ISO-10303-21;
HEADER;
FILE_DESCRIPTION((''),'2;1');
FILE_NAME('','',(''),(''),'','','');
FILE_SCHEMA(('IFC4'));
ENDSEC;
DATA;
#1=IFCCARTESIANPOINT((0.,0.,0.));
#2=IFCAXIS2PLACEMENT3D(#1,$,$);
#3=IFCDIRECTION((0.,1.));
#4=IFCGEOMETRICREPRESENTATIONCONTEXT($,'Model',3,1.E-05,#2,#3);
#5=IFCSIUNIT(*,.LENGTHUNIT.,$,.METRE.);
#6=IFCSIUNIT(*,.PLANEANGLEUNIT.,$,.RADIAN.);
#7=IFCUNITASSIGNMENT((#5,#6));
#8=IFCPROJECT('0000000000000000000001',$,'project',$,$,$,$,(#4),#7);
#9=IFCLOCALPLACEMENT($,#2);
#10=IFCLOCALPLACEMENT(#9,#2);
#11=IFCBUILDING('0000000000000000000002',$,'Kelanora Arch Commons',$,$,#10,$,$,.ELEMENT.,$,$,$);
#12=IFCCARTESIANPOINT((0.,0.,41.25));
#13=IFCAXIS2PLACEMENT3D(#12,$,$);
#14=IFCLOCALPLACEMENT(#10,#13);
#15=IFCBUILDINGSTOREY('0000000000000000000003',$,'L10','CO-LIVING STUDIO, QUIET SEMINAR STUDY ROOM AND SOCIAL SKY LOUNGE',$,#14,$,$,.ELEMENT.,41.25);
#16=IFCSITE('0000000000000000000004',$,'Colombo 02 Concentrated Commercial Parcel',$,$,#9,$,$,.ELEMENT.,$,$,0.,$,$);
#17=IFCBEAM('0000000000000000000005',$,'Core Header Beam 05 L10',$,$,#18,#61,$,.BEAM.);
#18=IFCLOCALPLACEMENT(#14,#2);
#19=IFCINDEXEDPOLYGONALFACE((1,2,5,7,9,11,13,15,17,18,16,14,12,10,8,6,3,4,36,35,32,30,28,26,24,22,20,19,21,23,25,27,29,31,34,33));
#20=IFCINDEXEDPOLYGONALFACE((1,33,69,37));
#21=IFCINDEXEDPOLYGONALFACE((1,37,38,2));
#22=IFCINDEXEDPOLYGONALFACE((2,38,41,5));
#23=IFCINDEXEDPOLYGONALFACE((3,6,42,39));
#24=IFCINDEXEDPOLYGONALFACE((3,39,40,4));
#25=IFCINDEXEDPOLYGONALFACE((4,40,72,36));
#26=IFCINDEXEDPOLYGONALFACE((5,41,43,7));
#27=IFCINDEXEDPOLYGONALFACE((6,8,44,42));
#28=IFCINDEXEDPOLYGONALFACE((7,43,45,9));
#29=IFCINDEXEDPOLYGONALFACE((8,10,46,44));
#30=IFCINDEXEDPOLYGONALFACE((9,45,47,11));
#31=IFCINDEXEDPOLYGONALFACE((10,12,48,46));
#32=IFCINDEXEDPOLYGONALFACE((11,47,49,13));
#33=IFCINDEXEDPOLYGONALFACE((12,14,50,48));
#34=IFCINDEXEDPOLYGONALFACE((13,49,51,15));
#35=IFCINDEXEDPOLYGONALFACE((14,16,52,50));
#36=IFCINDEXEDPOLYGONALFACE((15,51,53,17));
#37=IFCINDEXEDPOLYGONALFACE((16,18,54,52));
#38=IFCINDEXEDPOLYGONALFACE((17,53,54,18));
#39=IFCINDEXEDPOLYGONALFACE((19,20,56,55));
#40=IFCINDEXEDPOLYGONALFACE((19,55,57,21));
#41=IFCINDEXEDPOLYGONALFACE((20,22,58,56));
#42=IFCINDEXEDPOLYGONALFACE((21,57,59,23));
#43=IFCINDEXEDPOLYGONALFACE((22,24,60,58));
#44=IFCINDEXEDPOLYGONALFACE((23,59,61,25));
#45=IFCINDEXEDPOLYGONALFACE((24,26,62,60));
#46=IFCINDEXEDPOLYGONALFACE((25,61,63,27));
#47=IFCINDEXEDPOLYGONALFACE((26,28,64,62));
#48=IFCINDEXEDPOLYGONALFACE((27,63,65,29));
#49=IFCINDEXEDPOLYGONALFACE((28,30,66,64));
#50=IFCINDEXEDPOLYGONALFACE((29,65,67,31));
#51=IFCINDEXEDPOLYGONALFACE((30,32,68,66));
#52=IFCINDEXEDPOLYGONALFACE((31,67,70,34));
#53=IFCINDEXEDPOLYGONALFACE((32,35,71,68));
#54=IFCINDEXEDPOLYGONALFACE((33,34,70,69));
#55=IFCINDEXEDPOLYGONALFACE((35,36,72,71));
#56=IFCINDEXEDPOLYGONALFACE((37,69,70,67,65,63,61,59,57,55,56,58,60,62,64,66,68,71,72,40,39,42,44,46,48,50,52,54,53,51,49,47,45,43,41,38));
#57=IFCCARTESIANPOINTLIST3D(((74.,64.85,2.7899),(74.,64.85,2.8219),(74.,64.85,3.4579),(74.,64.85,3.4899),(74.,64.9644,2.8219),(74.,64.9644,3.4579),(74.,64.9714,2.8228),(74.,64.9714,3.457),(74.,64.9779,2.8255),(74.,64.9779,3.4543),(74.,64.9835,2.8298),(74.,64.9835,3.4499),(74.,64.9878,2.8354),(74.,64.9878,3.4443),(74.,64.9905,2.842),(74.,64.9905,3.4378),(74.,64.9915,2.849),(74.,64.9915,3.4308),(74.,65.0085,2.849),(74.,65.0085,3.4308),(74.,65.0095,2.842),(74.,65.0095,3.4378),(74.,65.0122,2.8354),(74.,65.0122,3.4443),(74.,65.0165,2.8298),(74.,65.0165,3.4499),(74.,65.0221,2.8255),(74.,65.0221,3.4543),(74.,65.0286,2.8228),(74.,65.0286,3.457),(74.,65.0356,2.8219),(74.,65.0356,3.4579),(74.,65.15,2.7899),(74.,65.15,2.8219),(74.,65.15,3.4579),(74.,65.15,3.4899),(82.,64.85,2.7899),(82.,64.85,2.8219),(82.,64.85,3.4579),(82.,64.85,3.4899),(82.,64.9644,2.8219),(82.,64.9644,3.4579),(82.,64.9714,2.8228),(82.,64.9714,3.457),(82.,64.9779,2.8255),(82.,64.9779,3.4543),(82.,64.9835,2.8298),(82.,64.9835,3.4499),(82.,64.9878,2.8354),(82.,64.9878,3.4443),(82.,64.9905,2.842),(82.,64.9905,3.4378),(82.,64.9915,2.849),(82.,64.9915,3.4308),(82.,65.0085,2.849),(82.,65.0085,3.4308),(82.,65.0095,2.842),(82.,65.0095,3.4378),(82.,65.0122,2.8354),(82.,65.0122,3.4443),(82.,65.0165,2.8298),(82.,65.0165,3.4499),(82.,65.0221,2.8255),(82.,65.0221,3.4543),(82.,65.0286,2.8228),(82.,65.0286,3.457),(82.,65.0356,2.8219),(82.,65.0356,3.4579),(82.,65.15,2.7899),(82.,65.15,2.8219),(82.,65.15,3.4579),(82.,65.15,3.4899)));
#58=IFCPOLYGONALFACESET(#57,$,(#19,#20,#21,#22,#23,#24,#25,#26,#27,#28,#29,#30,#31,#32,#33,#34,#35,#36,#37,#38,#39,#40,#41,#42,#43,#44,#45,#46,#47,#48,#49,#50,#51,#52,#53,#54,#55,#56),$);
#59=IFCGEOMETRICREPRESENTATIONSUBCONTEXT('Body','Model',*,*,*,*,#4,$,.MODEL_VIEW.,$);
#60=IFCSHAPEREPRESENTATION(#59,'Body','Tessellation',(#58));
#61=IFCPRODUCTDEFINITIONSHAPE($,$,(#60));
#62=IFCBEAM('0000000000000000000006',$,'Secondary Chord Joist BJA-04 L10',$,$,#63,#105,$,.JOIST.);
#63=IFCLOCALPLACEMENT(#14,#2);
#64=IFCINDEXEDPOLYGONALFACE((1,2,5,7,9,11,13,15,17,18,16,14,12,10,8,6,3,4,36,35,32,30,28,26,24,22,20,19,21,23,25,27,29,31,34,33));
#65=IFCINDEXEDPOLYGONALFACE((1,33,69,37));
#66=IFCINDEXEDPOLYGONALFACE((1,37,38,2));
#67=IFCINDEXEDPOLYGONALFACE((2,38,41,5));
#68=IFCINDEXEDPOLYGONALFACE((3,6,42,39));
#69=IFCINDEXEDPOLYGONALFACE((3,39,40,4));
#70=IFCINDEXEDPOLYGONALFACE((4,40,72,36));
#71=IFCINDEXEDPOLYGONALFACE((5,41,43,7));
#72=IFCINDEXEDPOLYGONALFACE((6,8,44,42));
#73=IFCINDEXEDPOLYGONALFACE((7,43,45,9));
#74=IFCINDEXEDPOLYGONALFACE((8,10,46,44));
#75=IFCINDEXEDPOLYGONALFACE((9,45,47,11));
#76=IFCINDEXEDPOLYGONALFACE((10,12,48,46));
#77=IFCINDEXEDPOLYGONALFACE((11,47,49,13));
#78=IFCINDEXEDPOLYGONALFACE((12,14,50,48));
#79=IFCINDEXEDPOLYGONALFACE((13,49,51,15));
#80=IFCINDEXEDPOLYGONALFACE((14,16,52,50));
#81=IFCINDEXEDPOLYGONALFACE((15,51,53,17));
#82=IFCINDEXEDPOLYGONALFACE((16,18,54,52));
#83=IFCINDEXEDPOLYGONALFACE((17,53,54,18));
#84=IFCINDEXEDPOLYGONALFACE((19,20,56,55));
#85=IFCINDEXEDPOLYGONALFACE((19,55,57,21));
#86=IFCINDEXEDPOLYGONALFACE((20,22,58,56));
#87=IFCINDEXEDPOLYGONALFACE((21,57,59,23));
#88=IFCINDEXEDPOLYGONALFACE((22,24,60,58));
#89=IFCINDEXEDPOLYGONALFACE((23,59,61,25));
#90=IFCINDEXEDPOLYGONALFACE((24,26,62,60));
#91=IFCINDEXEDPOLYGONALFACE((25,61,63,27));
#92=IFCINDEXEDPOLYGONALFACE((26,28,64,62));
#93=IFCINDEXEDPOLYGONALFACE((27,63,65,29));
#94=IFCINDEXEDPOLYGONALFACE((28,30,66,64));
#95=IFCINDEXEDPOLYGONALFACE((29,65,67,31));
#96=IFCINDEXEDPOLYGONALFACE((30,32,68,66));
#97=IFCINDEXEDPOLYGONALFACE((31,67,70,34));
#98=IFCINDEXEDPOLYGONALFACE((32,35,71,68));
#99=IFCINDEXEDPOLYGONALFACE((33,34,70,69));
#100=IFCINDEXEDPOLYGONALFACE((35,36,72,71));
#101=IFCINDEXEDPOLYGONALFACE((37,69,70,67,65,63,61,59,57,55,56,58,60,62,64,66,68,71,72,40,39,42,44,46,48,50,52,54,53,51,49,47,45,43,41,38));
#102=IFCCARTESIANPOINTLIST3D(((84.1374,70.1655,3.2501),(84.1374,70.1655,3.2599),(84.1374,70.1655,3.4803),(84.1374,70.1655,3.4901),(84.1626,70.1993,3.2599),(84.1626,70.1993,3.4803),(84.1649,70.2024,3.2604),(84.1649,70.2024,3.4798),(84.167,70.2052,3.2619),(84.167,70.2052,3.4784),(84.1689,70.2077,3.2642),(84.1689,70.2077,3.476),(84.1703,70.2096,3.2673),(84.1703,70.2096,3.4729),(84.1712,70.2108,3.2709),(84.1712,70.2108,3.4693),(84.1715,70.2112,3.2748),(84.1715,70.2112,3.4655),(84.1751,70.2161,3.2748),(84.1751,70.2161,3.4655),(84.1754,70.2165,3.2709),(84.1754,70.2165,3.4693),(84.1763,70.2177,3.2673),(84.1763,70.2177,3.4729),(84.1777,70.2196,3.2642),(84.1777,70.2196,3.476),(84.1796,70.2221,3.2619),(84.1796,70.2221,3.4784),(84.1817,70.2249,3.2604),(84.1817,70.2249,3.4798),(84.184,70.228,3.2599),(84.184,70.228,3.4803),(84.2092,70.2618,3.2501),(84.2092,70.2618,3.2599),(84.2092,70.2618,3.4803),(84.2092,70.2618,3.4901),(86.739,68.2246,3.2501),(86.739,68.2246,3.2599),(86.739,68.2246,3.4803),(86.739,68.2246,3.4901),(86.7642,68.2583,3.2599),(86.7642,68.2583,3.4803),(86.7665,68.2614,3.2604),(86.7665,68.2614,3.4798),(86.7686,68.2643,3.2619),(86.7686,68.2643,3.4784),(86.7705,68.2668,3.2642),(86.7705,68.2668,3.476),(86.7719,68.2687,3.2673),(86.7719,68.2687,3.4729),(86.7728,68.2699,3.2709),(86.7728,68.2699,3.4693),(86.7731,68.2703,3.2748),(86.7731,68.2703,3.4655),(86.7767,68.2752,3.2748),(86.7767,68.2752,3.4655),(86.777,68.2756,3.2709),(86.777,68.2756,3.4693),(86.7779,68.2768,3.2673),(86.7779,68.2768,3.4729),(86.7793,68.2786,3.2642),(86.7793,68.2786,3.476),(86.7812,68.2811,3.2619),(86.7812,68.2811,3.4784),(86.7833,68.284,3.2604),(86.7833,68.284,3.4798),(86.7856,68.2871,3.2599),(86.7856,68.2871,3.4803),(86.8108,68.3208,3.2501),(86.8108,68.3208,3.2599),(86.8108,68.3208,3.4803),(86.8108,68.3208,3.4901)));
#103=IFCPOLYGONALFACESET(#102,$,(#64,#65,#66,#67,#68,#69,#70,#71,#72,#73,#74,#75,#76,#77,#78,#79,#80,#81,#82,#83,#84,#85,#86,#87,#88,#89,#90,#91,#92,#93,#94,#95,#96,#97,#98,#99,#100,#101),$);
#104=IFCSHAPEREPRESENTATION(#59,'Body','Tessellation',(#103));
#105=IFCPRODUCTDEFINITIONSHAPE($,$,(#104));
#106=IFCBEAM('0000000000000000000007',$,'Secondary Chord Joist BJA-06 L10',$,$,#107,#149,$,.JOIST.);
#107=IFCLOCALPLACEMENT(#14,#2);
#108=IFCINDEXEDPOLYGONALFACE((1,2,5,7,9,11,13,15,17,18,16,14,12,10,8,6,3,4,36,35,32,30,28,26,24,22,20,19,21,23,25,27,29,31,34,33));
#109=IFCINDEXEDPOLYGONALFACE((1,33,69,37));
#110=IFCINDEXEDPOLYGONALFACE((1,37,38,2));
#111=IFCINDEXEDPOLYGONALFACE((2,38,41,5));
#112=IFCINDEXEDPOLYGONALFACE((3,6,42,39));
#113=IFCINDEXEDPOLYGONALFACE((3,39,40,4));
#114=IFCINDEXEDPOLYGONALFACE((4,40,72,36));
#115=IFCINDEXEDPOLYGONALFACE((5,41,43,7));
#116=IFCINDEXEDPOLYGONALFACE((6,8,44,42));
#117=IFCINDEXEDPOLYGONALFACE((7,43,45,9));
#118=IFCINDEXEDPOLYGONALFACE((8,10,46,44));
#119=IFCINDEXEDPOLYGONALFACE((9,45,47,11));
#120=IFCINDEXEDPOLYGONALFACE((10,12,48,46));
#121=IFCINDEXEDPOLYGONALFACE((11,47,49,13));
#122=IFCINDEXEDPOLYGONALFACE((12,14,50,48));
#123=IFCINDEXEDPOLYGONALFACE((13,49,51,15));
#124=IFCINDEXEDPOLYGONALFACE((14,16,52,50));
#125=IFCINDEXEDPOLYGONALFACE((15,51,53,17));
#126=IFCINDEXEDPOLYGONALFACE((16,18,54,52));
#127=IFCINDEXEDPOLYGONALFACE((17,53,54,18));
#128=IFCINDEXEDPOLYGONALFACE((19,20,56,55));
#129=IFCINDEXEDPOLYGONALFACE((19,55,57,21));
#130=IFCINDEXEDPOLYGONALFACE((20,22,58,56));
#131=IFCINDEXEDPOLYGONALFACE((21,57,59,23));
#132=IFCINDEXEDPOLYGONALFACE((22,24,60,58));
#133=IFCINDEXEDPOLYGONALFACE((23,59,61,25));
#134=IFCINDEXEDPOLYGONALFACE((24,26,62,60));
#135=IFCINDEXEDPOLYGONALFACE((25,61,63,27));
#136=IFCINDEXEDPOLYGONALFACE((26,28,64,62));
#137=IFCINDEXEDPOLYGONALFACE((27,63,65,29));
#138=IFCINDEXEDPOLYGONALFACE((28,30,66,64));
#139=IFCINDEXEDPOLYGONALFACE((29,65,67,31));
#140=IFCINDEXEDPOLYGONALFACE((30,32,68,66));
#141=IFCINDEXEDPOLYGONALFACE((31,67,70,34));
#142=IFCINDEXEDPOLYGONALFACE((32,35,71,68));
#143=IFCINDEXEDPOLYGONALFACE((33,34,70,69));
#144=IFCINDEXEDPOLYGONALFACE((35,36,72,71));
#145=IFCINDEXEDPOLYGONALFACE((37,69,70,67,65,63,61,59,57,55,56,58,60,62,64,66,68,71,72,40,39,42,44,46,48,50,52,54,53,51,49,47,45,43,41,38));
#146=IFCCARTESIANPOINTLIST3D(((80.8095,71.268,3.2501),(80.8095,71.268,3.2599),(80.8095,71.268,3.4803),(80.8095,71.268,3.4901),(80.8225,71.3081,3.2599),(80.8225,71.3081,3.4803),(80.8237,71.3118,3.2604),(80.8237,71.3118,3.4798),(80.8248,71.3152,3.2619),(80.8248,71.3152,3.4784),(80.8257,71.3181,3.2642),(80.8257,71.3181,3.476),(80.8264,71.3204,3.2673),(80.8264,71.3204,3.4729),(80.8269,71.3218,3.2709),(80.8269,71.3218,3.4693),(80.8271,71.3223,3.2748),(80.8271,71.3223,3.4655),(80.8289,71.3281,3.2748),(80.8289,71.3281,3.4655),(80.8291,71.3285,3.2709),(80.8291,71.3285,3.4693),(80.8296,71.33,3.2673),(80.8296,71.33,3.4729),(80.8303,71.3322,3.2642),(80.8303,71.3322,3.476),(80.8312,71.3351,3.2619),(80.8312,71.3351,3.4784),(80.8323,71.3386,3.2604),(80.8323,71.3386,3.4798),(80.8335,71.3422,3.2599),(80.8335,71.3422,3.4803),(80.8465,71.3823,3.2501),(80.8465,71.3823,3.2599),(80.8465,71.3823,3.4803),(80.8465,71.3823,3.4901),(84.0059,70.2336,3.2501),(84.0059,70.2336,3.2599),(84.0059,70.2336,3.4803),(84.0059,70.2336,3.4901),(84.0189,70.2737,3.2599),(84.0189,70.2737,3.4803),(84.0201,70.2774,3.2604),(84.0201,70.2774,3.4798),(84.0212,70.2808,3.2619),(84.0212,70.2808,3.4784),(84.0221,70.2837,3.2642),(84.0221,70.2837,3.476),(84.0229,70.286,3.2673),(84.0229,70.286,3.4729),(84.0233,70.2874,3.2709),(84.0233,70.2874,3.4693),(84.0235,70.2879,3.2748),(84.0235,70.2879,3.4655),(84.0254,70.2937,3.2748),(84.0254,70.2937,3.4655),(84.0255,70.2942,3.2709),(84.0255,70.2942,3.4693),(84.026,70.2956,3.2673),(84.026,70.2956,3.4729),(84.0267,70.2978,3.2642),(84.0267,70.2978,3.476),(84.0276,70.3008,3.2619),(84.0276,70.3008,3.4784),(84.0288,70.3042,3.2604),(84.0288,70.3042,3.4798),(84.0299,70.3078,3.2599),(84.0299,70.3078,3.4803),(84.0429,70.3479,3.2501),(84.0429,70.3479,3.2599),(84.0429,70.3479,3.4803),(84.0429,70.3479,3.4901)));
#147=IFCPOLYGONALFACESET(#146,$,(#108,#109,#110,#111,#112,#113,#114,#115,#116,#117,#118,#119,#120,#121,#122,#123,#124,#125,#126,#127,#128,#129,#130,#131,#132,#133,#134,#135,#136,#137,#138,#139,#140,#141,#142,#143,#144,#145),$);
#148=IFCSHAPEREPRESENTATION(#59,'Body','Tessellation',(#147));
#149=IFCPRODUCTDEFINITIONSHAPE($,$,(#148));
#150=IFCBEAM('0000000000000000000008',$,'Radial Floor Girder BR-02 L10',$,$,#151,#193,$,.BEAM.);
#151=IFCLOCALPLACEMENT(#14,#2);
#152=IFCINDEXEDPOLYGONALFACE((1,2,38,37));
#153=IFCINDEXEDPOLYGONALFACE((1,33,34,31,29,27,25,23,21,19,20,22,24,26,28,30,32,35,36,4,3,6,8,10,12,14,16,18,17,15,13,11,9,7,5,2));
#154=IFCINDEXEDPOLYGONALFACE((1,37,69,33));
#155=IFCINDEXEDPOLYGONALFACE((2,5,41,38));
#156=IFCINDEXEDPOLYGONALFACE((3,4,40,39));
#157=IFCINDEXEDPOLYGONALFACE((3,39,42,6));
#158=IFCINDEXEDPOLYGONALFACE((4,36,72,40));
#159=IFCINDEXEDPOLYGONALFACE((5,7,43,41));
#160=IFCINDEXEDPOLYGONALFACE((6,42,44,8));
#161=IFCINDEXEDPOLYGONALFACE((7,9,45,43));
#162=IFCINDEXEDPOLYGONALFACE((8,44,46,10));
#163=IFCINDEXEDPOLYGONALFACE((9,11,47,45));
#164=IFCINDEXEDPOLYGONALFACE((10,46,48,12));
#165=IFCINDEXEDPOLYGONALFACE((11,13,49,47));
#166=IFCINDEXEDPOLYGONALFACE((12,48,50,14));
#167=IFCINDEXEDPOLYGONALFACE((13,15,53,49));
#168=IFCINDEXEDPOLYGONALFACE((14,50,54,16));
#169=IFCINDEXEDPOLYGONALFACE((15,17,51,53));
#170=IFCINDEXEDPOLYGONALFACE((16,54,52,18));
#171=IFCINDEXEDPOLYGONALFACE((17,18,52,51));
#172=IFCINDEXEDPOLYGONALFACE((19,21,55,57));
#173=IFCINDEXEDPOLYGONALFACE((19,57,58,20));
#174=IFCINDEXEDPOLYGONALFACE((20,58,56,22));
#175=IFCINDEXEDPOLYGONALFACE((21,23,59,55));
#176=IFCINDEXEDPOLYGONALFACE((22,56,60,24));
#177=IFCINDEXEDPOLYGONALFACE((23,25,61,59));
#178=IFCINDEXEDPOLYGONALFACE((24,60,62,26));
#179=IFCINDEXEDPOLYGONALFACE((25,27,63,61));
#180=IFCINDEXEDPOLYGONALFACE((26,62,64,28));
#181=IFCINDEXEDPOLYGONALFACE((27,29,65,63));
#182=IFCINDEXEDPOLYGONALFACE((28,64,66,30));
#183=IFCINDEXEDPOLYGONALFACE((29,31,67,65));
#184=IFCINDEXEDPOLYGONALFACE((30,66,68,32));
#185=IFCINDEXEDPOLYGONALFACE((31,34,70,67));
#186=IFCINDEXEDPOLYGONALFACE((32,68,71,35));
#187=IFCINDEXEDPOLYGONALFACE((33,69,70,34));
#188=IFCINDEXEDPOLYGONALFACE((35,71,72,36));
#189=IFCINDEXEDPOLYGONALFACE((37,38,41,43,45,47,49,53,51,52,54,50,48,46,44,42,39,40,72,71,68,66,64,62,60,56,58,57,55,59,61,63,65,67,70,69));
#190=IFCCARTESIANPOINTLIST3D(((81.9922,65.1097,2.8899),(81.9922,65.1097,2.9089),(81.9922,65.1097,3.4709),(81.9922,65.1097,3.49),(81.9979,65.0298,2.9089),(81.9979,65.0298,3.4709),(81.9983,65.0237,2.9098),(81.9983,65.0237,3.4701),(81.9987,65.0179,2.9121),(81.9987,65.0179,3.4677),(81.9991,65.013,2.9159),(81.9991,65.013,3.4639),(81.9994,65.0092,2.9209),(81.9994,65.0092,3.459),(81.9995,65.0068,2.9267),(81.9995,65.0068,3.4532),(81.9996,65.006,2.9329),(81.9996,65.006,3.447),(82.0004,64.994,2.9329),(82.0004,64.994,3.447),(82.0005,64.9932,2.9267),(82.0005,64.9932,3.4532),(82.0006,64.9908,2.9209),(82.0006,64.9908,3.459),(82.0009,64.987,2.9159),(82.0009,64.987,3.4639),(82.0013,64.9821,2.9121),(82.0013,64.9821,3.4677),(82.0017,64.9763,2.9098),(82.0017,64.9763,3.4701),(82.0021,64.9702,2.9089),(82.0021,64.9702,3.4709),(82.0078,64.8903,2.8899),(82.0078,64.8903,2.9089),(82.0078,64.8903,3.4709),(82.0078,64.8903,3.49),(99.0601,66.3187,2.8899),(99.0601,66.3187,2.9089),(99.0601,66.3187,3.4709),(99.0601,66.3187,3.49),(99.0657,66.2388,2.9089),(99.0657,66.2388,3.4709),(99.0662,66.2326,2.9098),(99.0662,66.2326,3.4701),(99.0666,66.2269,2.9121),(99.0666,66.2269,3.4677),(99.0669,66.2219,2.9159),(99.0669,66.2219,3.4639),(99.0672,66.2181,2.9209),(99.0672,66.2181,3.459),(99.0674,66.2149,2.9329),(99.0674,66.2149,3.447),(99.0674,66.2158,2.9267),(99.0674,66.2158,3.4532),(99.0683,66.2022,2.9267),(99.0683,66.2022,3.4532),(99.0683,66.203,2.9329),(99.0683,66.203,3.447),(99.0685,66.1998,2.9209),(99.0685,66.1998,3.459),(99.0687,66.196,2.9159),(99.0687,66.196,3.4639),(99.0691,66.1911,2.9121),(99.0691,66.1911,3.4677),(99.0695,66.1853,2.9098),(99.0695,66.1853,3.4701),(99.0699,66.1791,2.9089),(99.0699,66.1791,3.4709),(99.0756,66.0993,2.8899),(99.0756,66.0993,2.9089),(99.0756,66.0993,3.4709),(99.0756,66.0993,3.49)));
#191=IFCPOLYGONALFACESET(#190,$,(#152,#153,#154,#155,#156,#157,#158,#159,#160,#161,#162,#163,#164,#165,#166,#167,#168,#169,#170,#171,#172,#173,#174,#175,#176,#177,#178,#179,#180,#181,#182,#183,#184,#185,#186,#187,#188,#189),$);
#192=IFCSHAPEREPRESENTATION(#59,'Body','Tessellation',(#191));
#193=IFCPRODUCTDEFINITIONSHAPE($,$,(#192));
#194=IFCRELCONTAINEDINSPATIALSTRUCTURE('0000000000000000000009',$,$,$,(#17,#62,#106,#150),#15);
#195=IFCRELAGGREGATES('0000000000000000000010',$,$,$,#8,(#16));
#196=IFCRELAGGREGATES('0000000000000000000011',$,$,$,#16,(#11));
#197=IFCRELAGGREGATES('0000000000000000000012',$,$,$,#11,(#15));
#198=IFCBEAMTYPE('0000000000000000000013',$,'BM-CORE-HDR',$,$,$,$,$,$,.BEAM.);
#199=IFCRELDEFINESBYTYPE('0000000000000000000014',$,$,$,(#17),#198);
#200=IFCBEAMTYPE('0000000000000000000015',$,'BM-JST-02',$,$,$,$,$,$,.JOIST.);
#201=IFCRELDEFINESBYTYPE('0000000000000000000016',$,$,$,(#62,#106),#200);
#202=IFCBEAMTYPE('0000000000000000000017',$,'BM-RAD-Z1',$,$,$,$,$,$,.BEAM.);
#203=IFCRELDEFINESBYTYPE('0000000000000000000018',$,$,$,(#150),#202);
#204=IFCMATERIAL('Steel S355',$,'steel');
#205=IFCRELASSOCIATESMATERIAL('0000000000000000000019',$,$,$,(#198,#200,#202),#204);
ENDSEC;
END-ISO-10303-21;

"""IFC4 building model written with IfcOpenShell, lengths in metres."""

from ifc_helpers import new_model, si_unit, direction, frame, origin, origin_2d, place, context, subcontext, project, spatial, i_section, extrude, material, material_profile, profile_set, type_object, element, save


model = new_model("IFC4")

# Units and contexts
model_context = context("Model", 3, precision=1e-05, world=origin(), true_north=direction((0.0, 1.0)))
body_context = subcontext(model_context, "Body", "Model", "MODEL_VIEW")
ifc_project = project(units=[si_unit("LENGTHUNIT", "METRE"), si_unit("PLANEANGLEUNIT", "RADIAN")], contexts=[model_context])

# Site, building, storey
site_placement = place(None, origin())
site = spatial("IfcSite", under=ifc_project, at=site_placement, Name="Colombo 02 Concentrated Commercial Parcel", CompositionType="ELEMENT", RefElevation=0.0)
building_placement = place(site_placement, origin())
building = spatial("IfcBuilding", under=site, at=building_placement, Name="Kelanora Arch Commons", CompositionType="ELEMENT")
storey_placement = place(building_placement, frame((0.0, 0.0, 41.25)))
storey = spatial("IfcBuildingStorey", under=building, at=storey_placement, Name="L10", Description="CO-LIVING STUDIO, QUIET SEMINAR STUDY ROOM AND SOCIAL SKY LOUNGE", CompositionType="ELEMENT", Elevation=41.25)

# Beams
ifc_material_1 = material(Name="Steel S355", Category="steel")
ifc_material_profile_1 = material_profile(ifc_material_1, i_section(OverallWidth=0.3, OverallDepth=0.7, WebThickness=0.0171, FlangeThickness=0.032, FilletRadius=0.0271, at=origin_2d()), Name="HEB700")
ifc_profile_set_1 = profile_set([ifc_material_profile_1], Name="Steel S355")
beam_type_1 = type_object("IfcBeamType", Name="BM-CORE-HDR", PredefinedType="BEAM", material=ifc_profile_set_1)
beam_1_placement = place(storey_placement, frame((82.0, 65.0, 3.1399), z_axis=(-1.0, 0.0, 0.0), x_axis=(0.0, -1.0, 0.0)))
element("IfcBeam", 1, at=beam_1_placement, inside=storey, type_object=beam_type_1, Name="Core Header Beam 05 L10", PredefinedType="BEAM", context=body_context, shape_type="SweptSolid", body=[
    extrude(i_section(OverallWidth=0.3, OverallDepth=0.7, WebThickness=0.0171, FlangeThickness=0.032, FilletRadius=0.0271, at=origin_2d()), origin(), (0.0, 0.0, 1.0), 8.0),
])
ifc_material_profile_2 = material_profile(ifc_material_1, i_section(OverallWidth=0.1201, OverallDepth=0.24, WebThickness=0.0061, FlangeThickness=0.0098, FilletRadius=0.0149, at=origin_2d()), Name="IPE240")
ifc_profile_set_2 = profile_set([ifc_material_profile_2], Name="Steel S355")
beam_type_2 = type_object("IfcBeamType", Name="BM-JST-02", PredefinedType="JOIST", material=ifc_profile_set_2)
beam_2_placement = place(storey_placement, frame((86.7749, 68.2727, 3.3701), z_axis=(-0.801514, 0.597976, 0.0), x_axis=(-0.597976, -0.801514, 0.0)))
element("IfcBeam", 2, at=beam_2_placement, inside=storey, type_object=beam_type_2, Name="Secondary Chord Joist BJA-04 L10", PredefinedType="JOIST", context=body_context, shape_type="SweptSolid", body=[
    extrude(i_section(OverallWidth=0.1201, OverallDepth=0.24, WebThickness=0.0061, FlangeThickness=0.0098, FilletRadius=0.0149, at=origin_2d()), origin(), (0.0, 0.0, 1.0), 3.2458),
])
beam_3_placement = place(storey_placement, frame((84.0244, 70.2908, 3.3701), z_axis=(-0.951423, 0.307888, 0.0), x_axis=(-0.307888, -0.951423, 0.0)))
element("IfcBeam", 3, at=beam_3_placement, inside=storey, type_object=beam_type_2, Name="Secondary Chord Joist BJA-06 L10", PredefinedType="JOIST", context=body_context, shape_type="SweptSolid", body=[
    extrude(i_section(OverallWidth=0.1201, OverallDepth=0.24, WebThickness=0.0061, FlangeThickness=0.0098, FilletRadius=0.0149, at=origin_2d()), origin(), (0.0, 0.0, 1.0), 3.3596),
])
ifc_material_profile_3 = material_profile(ifc_material_1, i_section(OverallWidth=0.22, OverallDepth=0.6001, WebThickness=0.012, FlangeThickness=0.019, FilletRadius=0.0239, at=origin_2d()), Name="IPE600")
ifc_profile_set_3 = profile_set([ifc_material_profile_3], Name="Steel S355")
beam_type_3 = type_object("IfcBeamType", Name="BM-RAD-Z1", PredefinedType="BEAM", material=ifc_profile_set_3)
beam_4_placement = place(storey_placement, frame((82.0, 65.0, 3.1899), z_axis=(0.997501, 0.070657, 0.0), x_axis=(-0.070657, 0.997501, 0.0)))
element("IfcBeam", 4, at=beam_4_placement, inside=storey, type_object=beam_type_3, Name="Radial Floor Girder BR-02 L10", PredefinedType="BEAM", context=body_context, shape_type="SweptSolid", body=[
    extrude(i_section(OverallWidth=0.22, OverallDepth=0.6001, WebThickness=0.012, FlangeThickness=0.019, FilletRadius=0.0239, at=origin_2d()), origin(), (0.0, 0.0, 1.0), 17.1106),
])

save(model, "model.ifc")
